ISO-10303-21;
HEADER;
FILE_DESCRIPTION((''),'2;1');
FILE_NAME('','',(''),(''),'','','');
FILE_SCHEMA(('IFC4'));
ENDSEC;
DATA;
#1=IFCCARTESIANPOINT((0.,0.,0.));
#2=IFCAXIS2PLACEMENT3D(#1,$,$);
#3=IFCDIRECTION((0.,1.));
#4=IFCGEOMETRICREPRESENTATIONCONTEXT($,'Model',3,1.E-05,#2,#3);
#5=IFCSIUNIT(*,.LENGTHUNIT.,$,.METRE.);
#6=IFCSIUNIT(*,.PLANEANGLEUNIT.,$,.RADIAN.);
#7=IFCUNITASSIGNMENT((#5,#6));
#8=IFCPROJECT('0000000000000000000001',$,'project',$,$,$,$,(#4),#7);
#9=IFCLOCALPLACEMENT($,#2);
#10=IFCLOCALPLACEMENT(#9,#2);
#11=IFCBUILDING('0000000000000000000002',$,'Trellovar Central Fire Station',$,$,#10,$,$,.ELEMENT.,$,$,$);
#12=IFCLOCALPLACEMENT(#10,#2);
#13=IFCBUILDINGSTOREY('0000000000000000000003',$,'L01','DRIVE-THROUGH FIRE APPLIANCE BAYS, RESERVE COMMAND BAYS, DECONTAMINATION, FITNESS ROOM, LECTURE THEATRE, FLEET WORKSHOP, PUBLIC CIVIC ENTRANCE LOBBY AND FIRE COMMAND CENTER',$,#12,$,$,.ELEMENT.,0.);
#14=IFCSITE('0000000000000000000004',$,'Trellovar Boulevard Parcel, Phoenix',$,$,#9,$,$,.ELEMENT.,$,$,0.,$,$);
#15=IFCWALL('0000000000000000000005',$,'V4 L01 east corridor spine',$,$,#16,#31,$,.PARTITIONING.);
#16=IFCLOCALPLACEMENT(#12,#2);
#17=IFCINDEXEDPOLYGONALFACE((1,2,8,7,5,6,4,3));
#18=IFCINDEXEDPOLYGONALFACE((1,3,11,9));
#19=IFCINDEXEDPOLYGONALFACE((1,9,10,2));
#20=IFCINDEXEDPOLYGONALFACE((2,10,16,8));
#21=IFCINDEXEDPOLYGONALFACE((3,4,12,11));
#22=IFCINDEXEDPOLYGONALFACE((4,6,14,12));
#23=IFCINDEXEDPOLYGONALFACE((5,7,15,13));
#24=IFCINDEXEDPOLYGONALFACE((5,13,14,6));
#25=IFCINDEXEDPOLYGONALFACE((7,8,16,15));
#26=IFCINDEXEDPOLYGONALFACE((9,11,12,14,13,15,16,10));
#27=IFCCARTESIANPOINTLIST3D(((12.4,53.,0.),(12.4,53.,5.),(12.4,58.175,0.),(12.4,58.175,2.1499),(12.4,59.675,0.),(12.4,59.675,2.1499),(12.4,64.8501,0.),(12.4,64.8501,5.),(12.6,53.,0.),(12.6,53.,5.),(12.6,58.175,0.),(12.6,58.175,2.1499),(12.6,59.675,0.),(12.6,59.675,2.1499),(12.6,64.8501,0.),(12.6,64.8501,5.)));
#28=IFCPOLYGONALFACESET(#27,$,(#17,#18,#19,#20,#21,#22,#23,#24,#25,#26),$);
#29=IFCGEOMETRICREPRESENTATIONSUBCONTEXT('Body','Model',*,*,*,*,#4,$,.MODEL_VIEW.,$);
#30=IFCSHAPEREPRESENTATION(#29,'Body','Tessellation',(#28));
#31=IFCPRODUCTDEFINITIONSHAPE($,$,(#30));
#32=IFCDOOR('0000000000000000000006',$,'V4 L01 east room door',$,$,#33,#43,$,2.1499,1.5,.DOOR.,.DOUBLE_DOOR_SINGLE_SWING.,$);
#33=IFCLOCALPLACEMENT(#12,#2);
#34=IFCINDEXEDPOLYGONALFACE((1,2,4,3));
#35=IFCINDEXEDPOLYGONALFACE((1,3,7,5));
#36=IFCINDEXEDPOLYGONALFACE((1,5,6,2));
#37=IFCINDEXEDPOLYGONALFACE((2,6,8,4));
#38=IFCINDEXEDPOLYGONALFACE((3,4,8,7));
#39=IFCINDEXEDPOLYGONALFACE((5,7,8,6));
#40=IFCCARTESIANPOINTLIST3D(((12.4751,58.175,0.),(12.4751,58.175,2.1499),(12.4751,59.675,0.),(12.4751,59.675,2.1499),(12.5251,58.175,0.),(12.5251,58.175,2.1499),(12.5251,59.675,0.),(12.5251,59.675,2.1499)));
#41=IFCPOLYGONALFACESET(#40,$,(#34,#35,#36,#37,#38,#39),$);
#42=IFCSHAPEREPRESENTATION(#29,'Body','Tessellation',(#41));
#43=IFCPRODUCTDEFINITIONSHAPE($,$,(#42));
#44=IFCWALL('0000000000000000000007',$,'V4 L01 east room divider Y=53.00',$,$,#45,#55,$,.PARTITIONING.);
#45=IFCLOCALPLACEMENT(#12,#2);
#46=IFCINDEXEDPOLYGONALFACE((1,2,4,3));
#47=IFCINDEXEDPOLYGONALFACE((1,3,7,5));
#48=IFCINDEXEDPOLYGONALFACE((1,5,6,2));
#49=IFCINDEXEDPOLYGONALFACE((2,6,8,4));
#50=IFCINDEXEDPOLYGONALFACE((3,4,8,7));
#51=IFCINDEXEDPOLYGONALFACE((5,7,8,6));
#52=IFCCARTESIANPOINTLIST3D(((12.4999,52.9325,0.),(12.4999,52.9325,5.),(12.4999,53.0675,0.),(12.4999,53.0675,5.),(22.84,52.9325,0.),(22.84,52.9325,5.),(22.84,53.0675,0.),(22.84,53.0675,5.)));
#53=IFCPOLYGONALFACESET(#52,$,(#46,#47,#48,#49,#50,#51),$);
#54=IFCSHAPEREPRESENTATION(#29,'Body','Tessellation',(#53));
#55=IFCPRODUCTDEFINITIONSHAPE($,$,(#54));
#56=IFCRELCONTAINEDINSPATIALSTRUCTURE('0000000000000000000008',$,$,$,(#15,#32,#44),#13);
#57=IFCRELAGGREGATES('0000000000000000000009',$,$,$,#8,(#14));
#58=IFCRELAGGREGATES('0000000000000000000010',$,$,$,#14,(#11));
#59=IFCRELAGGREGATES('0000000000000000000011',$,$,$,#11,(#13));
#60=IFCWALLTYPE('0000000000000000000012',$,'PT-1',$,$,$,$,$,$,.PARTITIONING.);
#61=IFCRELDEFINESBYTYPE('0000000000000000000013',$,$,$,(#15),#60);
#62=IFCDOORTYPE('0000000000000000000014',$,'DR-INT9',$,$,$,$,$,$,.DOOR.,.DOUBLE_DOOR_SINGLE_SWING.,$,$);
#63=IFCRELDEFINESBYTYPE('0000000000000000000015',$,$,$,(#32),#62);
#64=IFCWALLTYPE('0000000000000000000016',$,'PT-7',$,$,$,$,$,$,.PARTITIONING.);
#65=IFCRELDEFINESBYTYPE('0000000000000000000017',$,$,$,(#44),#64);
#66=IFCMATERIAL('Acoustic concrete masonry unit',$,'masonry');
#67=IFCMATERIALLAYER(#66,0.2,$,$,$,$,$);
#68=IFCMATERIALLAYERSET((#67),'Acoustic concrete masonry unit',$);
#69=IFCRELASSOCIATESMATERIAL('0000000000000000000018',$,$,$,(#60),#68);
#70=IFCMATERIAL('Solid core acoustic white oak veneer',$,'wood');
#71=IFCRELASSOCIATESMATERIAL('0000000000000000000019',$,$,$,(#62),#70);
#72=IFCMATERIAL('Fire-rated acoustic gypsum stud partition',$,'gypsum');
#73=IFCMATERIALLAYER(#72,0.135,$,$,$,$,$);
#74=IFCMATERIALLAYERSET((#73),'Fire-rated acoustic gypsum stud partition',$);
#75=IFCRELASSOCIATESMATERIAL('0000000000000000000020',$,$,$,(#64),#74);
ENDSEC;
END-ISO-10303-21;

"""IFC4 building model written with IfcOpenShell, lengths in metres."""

from ifc_helpers import new_model, si_unit, direction, frame, frame_2d, origin, place, context, subcontext, project, spatial, rectangle, extrude, material, layer, layer_set, type_object, element, fill, save


model = new_model("IFC4")

# Units and contexts
model_context = context("Model", 3, precision=1e-05, world=origin(), true_north=direction((0.0, 1.0)))
body_context = subcontext(model_context, "Body", "Model", "MODEL_VIEW")
ifc_project = project(units=[si_unit("LENGTHUNIT", "METRE"), si_unit("PLANEANGLEUNIT", "RADIAN")], contexts=[model_context])

# Site, building, storey
site_placement = place(None, origin())
site = spatial("IfcSite", under=ifc_project, at=site_placement, Name="Trellovar Boulevard Parcel, Phoenix", CompositionType="ELEMENT", RefElevation=0.0)
building_placement = place(site_placement, origin())
building = spatial("IfcBuilding", under=site, at=building_placement, Name="Trellovar Central Fire Station", CompositionType="ELEMENT")
storey_placement = place(building_placement, origin())
storey = spatial("IfcBuildingStorey", under=building, at=storey_placement, Name="L01", Description="DRIVE-THROUGH FIRE APPLIANCE BAYS, RESERVE COMMAND BAYS, DECONTAMINATION, FITNESS ROOM, LECTURE THEATRE, FLEET WORKSHOP, PUBLIC CIVIC ENTRANCE LOBBY AND FIRE COMMAND CENTER", CompositionType="ELEMENT", Elevation=0.0)

# Wall, opening, door
ifc_material_1 = material(Name="Acoustic concrete masonry unit", Category="masonry")
ifc_layer_1 = layer(ifc_material_1, 0.2)
ifc_layer_set_1 = layer_set([ifc_layer_1], Name="Acoustic concrete masonry unit")
wall_type_1 = type_object("IfcWallType", Name="PT-1", PredefinedType="PARTITIONING", material=ifc_layer_set_1)
wall_1_placement = place(storey_placement, frame((12.5, 53.0, 0.0), z_axis=(0.0, 0.0, 1.0), x_axis=(0.0, 1.0, 0.0)))
wall_1 = element("IfcWall", 1, at=wall_1_placement, inside=storey, type_object=wall_type_1, Name="V4 L01 east corridor spine", PredefinedType="PARTITIONING", context=body_context, shape_type="SweptSolid", body=[
    extrude(rectangle(XDim=11.8501, YDim=0.2, at=frame_2d((5.925, 0.0))), origin(), (0.0, 0.0, 1.0), 5.0),
])
opening_placement = place(wall_1_placement, frame((5.175, 0.0, 0.0)))
opening = element("IfcOpeningElement", 2, at=opening_placement, cuts=wall_1, PredefinedType="OPENING", context=body_context, shape_type="SweptSolid", body=[
    extrude(rectangle(XDim=1.5, YDim=2.1499, at=frame_2d((0.75, 1.075))), frame((0.0, 0.1099, 0.0), z_axis=(0.0, -1.0, 0.0), x_axis=(1.0, 0.0, 0.0)), (0.0, 0.0, 1.0), 0.22),
])
ifc_material_2 = material(Name="Solid core acoustic white oak veneer", Category="wood")
door_type = type_object("IfcDoorType", Name="DR-INT9", OperationType="DOUBLE_DOOR_SINGLE_SWING", PredefinedType="DOOR", material=ifc_material_2)
door_placement = place(opening_placement, origin())
door = element("IfcDoor", 3, at=door_placement, inside=storey, type_object=door_type, Name="V4 L01 east room door", OperationType="DOUBLE_DOOR_SINGLE_SWING", OverallHeight=2.1499, OverallWidth=1.5, PredefinedType="DOOR", context=body_context, shape_type="SweptSolid", body=[
    extrude(rectangle(XDim=1.5, YDim=2.1499, at=frame_2d((0.75, 1.075))), frame((0.0, 0.0249, 0.0), z_axis=(0.0, -1.0, 0.0), x_axis=(1.0, 0.0, 0.0)), (0.0, 0.0, 1.0), 0.05),
])
fill(opening, door)

# Wall
ifc_material_3 = material(Name="Fire-rated acoustic gypsum stud partition", Category="gypsum")
ifc_layer_2 = layer(ifc_material_3, 0.135)
ifc_layer_set_2 = layer_set([ifc_layer_2], Name="Fire-rated acoustic gypsum stud partition")
wall_type_2 = type_object("IfcWallType", Name="PT-7", PredefinedType="PARTITIONING", material=ifc_layer_set_2)
wall_2_placement = place(storey_placement, frame((12.5, 53.0, 0.0), z_axis=(0.0, 0.0, 1.0), x_axis=(1.0, 0.0, 0.0)))
element("IfcWall", 4, at=wall_2_placement, inside=storey, type_object=wall_type_2, Name="V4 L01 east room divider Y=53.00", PredefinedType="PARTITIONING", context=body_context, shape_type="SweptSolid", body=[
    extrude(rectangle(XDim=10.3401, YDim=0.135, at=frame_2d((5.1699, 0.0))), origin(), (0.0, 0.0, 1.0), 5.0),
])

save(model, "model.ifc")
